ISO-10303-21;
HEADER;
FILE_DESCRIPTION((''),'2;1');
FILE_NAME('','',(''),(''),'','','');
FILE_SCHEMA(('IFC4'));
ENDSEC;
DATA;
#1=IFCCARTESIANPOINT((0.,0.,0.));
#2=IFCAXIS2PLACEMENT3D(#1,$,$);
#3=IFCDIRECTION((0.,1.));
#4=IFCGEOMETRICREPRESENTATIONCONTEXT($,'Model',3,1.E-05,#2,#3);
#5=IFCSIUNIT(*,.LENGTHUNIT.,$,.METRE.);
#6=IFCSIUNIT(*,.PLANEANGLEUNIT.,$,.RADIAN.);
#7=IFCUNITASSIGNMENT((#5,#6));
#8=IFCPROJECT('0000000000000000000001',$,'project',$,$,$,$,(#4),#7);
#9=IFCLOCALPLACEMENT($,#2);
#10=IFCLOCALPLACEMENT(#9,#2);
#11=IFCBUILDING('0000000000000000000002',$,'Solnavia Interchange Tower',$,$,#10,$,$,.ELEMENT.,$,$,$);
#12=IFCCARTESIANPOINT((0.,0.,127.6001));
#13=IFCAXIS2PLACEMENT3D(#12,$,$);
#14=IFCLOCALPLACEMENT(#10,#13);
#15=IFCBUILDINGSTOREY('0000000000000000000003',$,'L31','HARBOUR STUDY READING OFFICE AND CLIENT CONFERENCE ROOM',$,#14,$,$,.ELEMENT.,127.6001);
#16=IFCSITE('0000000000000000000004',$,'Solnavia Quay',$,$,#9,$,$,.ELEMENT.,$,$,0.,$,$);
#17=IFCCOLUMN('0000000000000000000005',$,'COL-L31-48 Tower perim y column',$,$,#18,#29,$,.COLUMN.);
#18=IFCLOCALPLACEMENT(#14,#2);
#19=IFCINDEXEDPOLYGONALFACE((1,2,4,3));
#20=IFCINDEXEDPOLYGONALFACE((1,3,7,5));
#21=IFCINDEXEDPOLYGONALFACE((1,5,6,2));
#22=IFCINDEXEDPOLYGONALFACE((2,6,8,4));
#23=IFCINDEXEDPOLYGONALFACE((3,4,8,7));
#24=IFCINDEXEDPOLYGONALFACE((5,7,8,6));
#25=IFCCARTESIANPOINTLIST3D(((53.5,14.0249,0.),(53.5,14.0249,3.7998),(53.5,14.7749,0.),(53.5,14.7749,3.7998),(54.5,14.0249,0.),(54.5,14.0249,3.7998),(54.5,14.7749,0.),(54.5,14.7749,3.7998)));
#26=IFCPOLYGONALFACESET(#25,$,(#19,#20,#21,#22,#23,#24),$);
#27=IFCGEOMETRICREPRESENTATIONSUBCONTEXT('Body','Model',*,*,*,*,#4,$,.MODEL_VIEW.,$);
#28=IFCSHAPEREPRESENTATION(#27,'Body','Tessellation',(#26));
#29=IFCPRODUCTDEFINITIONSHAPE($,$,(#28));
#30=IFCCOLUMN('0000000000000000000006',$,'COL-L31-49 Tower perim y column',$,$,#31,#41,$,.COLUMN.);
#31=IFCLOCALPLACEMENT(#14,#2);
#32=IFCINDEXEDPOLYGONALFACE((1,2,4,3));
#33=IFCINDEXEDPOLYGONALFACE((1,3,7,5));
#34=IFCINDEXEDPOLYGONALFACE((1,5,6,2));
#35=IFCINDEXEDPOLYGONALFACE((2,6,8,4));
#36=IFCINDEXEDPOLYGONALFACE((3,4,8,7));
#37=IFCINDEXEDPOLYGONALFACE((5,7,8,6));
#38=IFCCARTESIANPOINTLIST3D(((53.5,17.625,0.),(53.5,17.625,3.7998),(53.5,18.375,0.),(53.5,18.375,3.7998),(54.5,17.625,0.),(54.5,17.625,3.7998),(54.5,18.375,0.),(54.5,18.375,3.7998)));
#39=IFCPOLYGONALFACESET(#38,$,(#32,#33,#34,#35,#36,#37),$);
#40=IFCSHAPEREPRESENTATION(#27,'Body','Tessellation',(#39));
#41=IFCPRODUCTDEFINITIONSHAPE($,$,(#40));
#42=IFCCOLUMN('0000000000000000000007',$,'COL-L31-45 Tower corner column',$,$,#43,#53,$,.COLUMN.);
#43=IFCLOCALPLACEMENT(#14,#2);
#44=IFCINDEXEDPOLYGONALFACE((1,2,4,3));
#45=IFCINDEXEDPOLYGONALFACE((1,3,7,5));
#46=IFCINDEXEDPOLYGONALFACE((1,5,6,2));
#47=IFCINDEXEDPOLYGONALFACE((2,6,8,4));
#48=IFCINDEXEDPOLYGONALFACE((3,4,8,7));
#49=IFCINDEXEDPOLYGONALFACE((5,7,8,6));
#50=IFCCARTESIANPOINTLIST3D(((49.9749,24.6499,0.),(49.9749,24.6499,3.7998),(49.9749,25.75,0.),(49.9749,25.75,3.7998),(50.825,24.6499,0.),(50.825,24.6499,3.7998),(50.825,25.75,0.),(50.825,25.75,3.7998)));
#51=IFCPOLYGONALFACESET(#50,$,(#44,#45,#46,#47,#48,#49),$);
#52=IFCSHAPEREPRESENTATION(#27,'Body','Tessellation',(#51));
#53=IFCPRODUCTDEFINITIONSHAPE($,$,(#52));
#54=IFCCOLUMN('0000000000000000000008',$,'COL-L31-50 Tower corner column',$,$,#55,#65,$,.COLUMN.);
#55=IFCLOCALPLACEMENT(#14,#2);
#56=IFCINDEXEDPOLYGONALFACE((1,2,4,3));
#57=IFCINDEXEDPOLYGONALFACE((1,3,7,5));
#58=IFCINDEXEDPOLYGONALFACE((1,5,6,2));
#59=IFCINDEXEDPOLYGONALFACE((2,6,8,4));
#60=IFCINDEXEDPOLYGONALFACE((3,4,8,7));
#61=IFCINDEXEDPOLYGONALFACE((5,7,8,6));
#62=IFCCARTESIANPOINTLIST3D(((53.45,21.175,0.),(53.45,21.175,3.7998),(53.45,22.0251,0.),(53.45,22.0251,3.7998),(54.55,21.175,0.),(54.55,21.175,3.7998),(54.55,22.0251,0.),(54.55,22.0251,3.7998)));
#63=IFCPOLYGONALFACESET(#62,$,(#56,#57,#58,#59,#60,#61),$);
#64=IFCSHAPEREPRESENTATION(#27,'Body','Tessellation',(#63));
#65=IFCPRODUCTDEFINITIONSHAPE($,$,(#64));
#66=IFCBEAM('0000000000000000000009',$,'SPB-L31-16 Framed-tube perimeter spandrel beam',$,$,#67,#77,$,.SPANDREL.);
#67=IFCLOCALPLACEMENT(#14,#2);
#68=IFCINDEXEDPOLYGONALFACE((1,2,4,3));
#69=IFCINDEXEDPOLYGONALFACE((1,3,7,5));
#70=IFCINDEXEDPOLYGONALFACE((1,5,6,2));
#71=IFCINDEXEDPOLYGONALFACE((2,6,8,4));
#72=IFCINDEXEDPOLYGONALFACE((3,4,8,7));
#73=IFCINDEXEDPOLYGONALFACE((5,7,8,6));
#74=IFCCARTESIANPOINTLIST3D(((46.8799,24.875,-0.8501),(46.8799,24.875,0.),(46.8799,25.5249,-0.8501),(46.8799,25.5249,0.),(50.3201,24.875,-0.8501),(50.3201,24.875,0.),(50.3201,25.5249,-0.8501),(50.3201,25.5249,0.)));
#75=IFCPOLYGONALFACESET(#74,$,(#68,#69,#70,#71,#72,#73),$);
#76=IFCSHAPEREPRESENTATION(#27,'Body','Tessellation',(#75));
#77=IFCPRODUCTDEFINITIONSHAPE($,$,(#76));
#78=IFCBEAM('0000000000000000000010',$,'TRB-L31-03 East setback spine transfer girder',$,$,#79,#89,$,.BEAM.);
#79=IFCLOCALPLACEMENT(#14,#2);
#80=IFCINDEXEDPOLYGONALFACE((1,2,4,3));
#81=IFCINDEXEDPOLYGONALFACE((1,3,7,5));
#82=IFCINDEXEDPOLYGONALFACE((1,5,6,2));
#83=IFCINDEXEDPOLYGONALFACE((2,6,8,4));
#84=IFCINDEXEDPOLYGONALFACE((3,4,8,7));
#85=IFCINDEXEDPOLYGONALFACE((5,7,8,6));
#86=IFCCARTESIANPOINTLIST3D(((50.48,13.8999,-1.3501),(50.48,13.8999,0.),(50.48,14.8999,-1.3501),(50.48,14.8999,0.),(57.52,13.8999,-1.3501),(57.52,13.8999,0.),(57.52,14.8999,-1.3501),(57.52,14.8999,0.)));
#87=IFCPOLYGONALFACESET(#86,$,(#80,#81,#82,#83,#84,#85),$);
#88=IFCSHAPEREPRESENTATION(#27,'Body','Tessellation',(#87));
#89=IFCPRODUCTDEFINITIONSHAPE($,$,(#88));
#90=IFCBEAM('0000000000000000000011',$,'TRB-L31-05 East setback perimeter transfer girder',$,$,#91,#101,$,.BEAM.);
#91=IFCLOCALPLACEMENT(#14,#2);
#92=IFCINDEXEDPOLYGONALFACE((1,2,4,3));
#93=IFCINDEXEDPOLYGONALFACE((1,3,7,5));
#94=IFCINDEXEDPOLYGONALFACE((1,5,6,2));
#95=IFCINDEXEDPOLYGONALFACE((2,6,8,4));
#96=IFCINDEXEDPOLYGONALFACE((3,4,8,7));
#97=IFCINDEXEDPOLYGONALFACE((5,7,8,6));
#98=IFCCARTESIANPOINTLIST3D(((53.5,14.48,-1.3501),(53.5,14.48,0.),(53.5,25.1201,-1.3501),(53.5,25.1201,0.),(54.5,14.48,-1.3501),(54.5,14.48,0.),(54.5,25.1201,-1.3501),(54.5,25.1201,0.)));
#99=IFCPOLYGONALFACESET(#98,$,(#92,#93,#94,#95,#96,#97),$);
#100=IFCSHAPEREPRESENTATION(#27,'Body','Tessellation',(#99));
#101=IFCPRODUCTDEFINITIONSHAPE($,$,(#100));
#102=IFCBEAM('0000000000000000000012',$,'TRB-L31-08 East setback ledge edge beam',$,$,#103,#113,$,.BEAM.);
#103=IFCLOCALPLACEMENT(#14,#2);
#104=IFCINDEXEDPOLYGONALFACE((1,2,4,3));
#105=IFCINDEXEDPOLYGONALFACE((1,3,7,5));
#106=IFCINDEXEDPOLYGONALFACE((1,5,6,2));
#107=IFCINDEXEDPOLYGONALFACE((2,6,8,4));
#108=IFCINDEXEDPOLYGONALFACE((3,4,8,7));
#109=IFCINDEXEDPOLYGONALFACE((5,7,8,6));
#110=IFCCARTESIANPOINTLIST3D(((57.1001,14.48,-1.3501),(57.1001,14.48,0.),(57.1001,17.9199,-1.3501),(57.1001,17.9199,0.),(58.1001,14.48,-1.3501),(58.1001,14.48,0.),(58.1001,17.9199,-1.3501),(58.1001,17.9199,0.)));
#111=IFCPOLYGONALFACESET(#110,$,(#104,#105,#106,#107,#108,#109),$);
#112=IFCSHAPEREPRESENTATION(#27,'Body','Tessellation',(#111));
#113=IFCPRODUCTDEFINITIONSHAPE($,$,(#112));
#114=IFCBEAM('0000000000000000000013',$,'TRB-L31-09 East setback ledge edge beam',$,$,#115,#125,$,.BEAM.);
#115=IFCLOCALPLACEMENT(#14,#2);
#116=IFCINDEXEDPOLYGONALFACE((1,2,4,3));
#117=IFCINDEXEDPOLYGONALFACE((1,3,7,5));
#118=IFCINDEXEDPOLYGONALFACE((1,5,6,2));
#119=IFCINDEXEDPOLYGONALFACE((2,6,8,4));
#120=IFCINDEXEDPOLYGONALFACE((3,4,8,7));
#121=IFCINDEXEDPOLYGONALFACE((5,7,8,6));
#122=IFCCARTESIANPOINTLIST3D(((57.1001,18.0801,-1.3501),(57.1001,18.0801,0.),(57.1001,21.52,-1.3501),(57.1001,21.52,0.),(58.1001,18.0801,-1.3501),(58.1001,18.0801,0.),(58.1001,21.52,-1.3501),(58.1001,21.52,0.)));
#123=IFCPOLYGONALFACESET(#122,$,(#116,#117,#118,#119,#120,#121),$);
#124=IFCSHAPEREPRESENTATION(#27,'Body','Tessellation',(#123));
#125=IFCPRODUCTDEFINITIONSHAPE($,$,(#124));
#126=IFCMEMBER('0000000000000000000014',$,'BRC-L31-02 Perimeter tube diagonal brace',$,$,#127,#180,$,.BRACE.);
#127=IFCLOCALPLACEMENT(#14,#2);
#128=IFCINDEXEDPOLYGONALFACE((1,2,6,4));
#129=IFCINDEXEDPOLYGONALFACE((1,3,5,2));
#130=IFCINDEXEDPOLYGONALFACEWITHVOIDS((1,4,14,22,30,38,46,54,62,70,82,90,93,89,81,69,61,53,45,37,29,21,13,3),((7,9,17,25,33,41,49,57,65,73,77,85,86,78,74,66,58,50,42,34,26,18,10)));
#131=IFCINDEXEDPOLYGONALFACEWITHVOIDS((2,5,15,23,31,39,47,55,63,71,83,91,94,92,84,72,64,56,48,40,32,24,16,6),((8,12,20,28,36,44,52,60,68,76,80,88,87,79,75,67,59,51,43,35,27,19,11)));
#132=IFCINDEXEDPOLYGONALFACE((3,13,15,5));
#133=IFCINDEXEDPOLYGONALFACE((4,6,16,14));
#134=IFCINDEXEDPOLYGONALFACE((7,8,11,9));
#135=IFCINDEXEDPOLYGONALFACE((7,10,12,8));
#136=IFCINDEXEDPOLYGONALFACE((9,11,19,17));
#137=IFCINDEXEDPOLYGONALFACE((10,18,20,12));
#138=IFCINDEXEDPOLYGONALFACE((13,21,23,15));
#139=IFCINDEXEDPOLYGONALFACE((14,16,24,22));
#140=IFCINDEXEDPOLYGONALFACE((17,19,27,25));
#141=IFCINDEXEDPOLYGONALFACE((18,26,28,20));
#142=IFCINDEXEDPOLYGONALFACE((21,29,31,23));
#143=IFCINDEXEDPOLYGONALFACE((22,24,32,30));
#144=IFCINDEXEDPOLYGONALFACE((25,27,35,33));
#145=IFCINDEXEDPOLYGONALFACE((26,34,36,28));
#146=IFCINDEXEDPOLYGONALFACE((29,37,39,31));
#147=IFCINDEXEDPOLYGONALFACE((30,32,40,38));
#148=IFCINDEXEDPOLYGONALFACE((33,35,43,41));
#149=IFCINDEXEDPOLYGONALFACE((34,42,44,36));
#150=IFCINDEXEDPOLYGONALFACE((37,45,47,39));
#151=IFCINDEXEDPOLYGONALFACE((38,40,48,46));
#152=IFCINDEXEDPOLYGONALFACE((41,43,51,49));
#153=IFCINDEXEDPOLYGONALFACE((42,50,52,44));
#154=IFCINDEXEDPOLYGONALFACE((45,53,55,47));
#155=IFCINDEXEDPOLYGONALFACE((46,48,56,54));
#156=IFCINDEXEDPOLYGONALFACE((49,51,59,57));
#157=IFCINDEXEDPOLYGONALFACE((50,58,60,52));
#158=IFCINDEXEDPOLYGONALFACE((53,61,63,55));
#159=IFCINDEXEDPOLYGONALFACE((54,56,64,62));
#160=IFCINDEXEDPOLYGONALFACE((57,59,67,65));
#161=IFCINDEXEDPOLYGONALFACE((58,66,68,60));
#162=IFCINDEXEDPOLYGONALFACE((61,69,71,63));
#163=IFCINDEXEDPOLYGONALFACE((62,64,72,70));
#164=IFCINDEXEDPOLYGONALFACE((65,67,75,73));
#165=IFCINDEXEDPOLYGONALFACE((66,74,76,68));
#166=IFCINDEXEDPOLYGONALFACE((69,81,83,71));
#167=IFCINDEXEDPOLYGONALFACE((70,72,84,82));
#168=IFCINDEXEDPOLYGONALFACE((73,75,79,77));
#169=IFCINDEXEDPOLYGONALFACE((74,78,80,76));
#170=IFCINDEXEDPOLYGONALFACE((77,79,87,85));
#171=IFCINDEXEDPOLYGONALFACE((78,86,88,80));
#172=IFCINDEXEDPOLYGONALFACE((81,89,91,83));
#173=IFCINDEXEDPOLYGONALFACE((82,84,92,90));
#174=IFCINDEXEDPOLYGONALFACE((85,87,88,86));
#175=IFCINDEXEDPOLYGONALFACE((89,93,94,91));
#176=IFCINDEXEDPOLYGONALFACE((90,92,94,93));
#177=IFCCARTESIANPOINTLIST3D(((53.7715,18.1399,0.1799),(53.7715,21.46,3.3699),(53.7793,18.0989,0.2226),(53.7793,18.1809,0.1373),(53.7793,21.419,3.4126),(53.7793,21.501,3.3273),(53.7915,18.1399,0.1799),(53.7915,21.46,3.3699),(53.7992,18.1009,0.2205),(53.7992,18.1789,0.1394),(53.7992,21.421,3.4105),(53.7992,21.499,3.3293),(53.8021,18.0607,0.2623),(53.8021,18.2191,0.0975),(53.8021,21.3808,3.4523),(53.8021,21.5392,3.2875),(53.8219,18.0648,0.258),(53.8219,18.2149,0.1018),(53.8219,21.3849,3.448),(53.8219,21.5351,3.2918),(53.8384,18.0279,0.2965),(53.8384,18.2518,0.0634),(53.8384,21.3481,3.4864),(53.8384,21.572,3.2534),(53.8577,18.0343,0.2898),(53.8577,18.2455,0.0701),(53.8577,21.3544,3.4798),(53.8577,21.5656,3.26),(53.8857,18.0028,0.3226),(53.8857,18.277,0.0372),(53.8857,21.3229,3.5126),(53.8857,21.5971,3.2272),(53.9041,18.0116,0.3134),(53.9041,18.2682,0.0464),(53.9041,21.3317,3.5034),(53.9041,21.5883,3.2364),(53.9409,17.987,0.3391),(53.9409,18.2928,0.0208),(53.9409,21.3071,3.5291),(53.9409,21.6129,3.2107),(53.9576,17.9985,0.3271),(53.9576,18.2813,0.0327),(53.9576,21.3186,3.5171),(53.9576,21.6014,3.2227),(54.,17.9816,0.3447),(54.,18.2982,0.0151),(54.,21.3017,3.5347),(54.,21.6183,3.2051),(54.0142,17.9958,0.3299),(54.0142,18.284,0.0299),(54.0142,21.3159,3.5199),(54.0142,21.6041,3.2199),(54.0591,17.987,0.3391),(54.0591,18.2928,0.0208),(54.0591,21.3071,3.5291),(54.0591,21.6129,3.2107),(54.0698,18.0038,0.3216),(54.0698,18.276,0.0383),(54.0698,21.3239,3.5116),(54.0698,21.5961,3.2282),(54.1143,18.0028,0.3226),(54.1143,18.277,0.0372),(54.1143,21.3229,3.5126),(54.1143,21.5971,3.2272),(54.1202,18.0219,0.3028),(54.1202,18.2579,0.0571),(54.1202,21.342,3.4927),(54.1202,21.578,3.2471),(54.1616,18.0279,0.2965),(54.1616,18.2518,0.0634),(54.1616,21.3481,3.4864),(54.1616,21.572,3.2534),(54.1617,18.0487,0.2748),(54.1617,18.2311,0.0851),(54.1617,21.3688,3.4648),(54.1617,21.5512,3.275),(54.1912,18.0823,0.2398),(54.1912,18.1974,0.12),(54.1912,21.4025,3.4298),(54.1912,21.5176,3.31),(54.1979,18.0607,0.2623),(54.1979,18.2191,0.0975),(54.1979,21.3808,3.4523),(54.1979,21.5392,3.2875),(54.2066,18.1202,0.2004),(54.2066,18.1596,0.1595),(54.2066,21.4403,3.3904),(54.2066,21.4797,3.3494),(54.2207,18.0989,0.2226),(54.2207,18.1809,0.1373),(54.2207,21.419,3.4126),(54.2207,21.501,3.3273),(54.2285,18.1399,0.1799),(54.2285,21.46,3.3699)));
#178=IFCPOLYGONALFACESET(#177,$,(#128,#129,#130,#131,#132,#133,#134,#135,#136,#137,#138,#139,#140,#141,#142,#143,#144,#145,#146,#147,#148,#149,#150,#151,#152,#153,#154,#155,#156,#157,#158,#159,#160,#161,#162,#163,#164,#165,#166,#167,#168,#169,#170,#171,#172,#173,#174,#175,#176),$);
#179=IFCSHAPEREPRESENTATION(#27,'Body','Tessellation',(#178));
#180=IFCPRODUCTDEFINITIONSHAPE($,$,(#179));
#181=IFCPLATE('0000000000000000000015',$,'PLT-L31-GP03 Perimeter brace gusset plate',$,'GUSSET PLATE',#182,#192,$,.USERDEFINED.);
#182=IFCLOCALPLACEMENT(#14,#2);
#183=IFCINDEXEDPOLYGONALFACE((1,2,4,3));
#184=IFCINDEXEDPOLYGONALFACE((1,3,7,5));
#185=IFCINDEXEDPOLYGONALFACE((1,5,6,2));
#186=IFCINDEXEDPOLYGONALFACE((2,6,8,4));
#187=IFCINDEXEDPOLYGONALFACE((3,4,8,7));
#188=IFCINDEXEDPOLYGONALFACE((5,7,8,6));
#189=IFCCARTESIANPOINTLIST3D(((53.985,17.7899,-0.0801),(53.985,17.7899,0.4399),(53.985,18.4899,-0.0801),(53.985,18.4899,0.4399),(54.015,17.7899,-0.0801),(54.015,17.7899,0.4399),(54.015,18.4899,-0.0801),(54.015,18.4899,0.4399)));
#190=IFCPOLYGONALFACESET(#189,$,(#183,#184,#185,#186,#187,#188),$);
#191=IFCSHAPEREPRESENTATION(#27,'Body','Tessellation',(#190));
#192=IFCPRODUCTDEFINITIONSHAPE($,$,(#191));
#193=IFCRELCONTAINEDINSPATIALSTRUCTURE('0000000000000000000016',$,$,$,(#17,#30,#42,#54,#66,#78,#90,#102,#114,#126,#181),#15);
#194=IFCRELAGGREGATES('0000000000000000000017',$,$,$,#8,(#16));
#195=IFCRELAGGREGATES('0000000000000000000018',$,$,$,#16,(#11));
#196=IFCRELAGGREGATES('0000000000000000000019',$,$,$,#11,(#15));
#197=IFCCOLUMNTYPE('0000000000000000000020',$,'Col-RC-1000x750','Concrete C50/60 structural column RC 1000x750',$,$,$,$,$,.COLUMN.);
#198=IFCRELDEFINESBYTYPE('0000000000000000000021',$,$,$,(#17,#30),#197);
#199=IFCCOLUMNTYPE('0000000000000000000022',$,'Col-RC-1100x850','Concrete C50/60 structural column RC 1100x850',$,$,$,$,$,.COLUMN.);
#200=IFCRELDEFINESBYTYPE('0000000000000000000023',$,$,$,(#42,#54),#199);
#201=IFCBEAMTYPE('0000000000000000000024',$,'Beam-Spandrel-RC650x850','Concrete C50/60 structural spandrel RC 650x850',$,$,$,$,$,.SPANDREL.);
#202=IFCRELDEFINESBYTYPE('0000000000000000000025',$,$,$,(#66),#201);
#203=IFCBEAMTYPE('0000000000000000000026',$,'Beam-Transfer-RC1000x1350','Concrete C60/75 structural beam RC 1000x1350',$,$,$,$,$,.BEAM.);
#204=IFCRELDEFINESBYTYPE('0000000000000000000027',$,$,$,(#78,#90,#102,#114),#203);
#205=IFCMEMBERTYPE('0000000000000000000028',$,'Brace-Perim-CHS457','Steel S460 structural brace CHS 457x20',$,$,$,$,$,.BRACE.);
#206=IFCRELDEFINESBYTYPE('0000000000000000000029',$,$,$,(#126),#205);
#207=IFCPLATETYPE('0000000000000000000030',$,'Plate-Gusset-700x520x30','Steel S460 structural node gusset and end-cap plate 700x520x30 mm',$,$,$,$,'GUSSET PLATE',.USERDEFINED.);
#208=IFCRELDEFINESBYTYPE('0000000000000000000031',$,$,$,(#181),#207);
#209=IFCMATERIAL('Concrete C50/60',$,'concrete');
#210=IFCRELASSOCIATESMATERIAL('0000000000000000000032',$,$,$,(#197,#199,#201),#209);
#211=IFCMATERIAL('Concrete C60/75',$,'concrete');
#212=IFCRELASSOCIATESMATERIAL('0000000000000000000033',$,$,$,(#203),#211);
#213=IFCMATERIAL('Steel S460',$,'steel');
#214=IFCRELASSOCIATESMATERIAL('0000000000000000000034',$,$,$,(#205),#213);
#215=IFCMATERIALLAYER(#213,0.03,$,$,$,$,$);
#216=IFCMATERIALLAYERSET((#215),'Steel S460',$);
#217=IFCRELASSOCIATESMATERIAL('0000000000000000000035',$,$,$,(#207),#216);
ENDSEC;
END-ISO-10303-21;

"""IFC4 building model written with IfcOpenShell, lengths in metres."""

from ifc_helpers import new_model, si_unit, direction, frame, origin, origin_2d, place, context, subcontext, project, spatial, rectangle, hollow_circle, extrude, material, layer, layer_set, material_profile, profile_set, type_object, element, save


model = new_model("IFC4")

# Units and contexts
model_context = context("Model", 3, precision=1e-05, world=origin(), true_north=direction((0.0, 1.0)))
body_context = subcontext(model_context, "Body", "Model", "MODEL_VIEW")
ifc_project = project(units=[si_unit("LENGTHUNIT", "METRE"), si_unit("PLANEANGLEUNIT", "RADIAN")], contexts=[model_context])

# Site, building, storey
site_placement = place(None, origin())
site = spatial("IfcSite", under=ifc_project, at=site_placement, Name="Solnavia Quay", CompositionType="ELEMENT", RefElevation=0.0)
building_placement = place(site_placement, origin())
building = spatial("IfcBuilding", under=site, at=building_placement, Name="Solnavia Interchange Tower", CompositionType="ELEMENT")
storey_placement = place(building_placement, frame((0.0, 0.0, 127.6001)))
storey = spatial("IfcBuildingStorey", under=building, at=storey_placement, Name="L31", Description="HARBOUR STUDY READING OFFICE AND CLIENT CONFERENCE ROOM", CompositionType="ELEMENT", Elevation=127.6001)

# Columns
ifc_material_1 = material(Name="Concrete C50/60", Category="concrete")
ifc_material_profile_1 = material_profile(ifc_material_1, rectangle(XDim=0.75, YDim=1.0, at=origin_2d()), Name="RC 1000x750")
ifc_profile_set_1 = profile_set([ifc_material_profile_1], Name="Concrete C50/60")
column_type_1 = type_object("IfcColumnType", Name="Col-RC-1000x750", Description="Concrete C50/60 structural column RC 1000x750", PredefinedType="COLUMN", material=ifc_profile_set_1)
for number, where, z_axis, x_axis, name in (
    (1, (54.0, 14.3999, 0.0), (0.0, 0.0, 1.0), (0.0, 1.0, 0.0), "COL-L31-48 Tower perim y column"),
    (2, (54.0, 18.0, 0.0), (0.0, 0.0, 1.0), (0.0, 1.0, 0.0), "COL-L31-49 Tower perim y column"),
):
    element("IfcColumn", number, at=place(storey_placement, frame(where, z_axis=z_axis, x_axis=x_axis)), inside=storey, type_object=column_type_1, Name=name, PredefinedType="COLUMN", context=body_context, shape_type="SweptSolid", body=[
        extrude(rectangle(XDim=0.75, YDim=1.0, at=origin_2d()), origin(), (0.0, 0.0, 1.0), 3.7998),
    ])
ifc_material_profile_2 = material_profile(ifc_material_1, rectangle(XDim=0.8501, YDim=1.1001, at=origin_2d()), Name="RC 1100x850")
ifc_profile_set_2 = profile_set([ifc_material_profile_2], Name="Concrete C50/60")
column_type_2 = type_object("IfcColumnType", Name="Col-RC-1100x850", Description="Concrete C50/60 structural column RC 1100x850", PredefinedType="COLUMN", material=ifc_profile_set_2)
for number, where, z_axis, x_axis, name in (
    (3, (50.3999, 25.2, 0.0), (0.0, 0.0, 1.0), (1.0, 0.0, 0.0), "COL-L31-45 Tower corner column"),
    (4, (54.0, 21.6001, 0.0), (0.0, 0.0, 1.0), (0.0, 1.0, 0.0), "COL-L31-50 Tower corner column"),
):
    element("IfcColumn", number, at=place(storey_placement, frame(where, z_axis=z_axis, x_axis=x_axis)), inside=storey, type_object=column_type_2, Name=name, PredefinedType="COLUMN", context=body_context, shape_type="SweptSolid", body=[
        extrude(rectangle(XDim=0.8501, YDim=1.1001, at=origin_2d()), origin(), (0.0, 0.0, 1.0), 3.7998),
    ])

# Beams
ifc_material_profile_3 = material_profile(ifc_material_1, rectangle(XDim=0.6499, YDim=0.8501, at=origin_2d()), Name="RC 650x850")
ifc_profile_set_3 = profile_set([ifc_material_profile_3], Name="Concrete C50/60")
beam_type_1 = type_object("IfcBeamType", Name="Beam-Spandrel-RC650x850", Description="Concrete C50/60 structural spandrel RC 650x850", PredefinedType="SPANDREL", material=ifc_profile_set_3)
beam_1_placement = place(storey_placement, frame((50.3201, 25.2, -0.425), z_axis=(-1.0, 0.0, 0.0), x_axis=(0.0, -1.0, 0.0)))
element("IfcBeam", 5, at=beam_1_placement, inside=storey, type_object=beam_type_1, Name="SPB-L31-16 Framed-tube perimeter spandrel beam", PredefinedType="SPANDREL", context=body_context, shape_type="SweptSolid", body=[
    extrude(rectangle(XDim=0.6499, YDim=0.8501, at=origin_2d()), origin(), (0.0, 0.0, 1.0), 3.4402),
])
ifc_material_2 = material(Name="Concrete C60/75", Category="concrete")
ifc_material_profile_4 = material_profile(ifc_material_2, rectangle(XDim=1.0, YDim=1.3501, at=origin_2d()), Name="RC 1000x1350")
ifc_profile_set_4 = profile_set([ifc_material_profile_4], Name="Concrete C60/75")
beam_type_2 = type_object("IfcBeamType", Name="Beam-Transfer-RC1000x1350", Description="Concrete C60/75 structural beam RC 1000x1350", PredefinedType="BEAM", material=ifc_profile_set_4)
beam_2_placement = place(storey_placement, frame((50.48, 14.3999, -0.675), z_axis=(1.0, 0.0, 0.0), x_axis=(0.0, 1.0, 0.0)))
element("IfcBeam", 6, at=beam_2_placement, inside=storey, type_object=beam_type_2, Name="TRB-L31-03 East setback spine transfer girder", PredefinedType="BEAM", context=body_context, shape_type="SweptSolid", body=[
    extrude(rectangle(XDim=1.0, YDim=1.3501, at=origin_2d()), origin(), (0.0, 0.0, 1.0), 7.04),
])
beam_3_placement = place(storey_placement, frame((54.0, 14.48, -0.675), z_axis=(0.0, 1.0, 0.0), x_axis=(-1.0, 0.0, 0.0)))
element("IfcBeam", 7, at=beam_3_placement, inside=storey, type_object=beam_type_2, Name="TRB-L31-05 East setback perimeter transfer girder", PredefinedType="BEAM", context=body_context, shape_type="SweptSolid", body=[
    extrude(rectangle(XDim=1.0, YDim=1.3501, at=origin_2d()), origin(), (0.0, 0.0, 1.0), 10.6401),
])
for number, where, z_axis, x_axis, name in (
    (8, (57.6001, 14.48, -0.675), (0.0, 1.0, 0.0), (-1.0, 0.0, 0.0), "TRB-L31-08 East setback ledge edge beam"),
    (9, (57.6001, 18.0801, -0.675), (0.0, 1.0, 0.0), (-1.0, 0.0, 0.0), "TRB-L31-09 East setback ledge edge beam"),
):
    element("IfcBeam", number, at=place(storey_placement, frame(where, z_axis=z_axis, x_axis=x_axis)), inside=storey, type_object=beam_type_2, Name=name, PredefinedType="BEAM", context=body_context, shape_type="SweptSolid", body=[
        extrude(rectangle(XDim=1.0, YDim=1.3501, at=origin_2d()), origin(), (0.0, 0.0, 1.0), 3.4399),
    ])

# Member
ifc_material_3 = material(Name="Steel S460", Category="steel")
ifc_material_profile_5 = material_profile(ifc_material_3, hollow_circle(Radius=0.2285, WallThickness=0.02, at=origin_2d()), Name="CHS 457x20")
ifc_profile_set_5 = profile_set([ifc_material_profile_5], Name="Steel S460")
member_type = type_object("IfcMemberType", Name="Brace-Perim-CHS457", Description="Steel S460 structural brace CHS 457x20", PredefinedType="BRACE", material=ifc_profile_set_5)
member_placement = place(storey_placement, frame((54.0, 18.1399, 0.1799), z_axis=(0.0, 0.721097, 0.692834), x_axis=(-1.0, 0.0, 0.0)))
element("IfcMember", 10, at=member_placement, inside=storey, type_object=member_type, Name="BRC-L31-02 Perimeter tube diagonal brace", PredefinedType="BRACE", context=body_context, shape_type="SweptSolid", body=[
    extrude(hollow_circle(Radius=0.2285, WallThickness=0.02, at=origin_2d()), origin(), (0.0, 0.0, 1.0), 4.6042),
])

# Plate
ifc_layer_1 = layer(ifc_material_3, 0.03)
ifc_layer_set_1 = layer_set([ifc_layer_1], Name="Steel S460")
plate_type = type_object("IfcPlateType", Name="Plate-Gusset-700x520x30", Description="Steel S460 structural node gusset and end-cap plate 700x520x30 mm", ElementType="GUSSET PLATE", PredefinedType="USERDEFINED", material=ifc_layer_set_1)
for number, where, z_axis, x_axis, name in (
    (11, (54.0, 18.1399, -0.0801), (0.0, 0.0, 1.0), (0.0, 1.0, 0.0), "PLT-L31-GP03 Perimeter brace gusset plate"),
):
    element("IfcPlate", number, at=place(storey_placement, frame(where, z_axis=z_axis, x_axis=x_axis)), inside=storey, type_object=plate_type, Name=name, ObjectType="GUSSET PLATE", PredefinedType="USERDEFINED", context=body_context, shape_type="SweptSolid", body=[
        extrude(rectangle(XDim=0.7, YDim=0.03, at=origin_2d()), origin(), (0.0, 0.0, 1.0), 0.52),
    ])

save(model, "model.ifc")
